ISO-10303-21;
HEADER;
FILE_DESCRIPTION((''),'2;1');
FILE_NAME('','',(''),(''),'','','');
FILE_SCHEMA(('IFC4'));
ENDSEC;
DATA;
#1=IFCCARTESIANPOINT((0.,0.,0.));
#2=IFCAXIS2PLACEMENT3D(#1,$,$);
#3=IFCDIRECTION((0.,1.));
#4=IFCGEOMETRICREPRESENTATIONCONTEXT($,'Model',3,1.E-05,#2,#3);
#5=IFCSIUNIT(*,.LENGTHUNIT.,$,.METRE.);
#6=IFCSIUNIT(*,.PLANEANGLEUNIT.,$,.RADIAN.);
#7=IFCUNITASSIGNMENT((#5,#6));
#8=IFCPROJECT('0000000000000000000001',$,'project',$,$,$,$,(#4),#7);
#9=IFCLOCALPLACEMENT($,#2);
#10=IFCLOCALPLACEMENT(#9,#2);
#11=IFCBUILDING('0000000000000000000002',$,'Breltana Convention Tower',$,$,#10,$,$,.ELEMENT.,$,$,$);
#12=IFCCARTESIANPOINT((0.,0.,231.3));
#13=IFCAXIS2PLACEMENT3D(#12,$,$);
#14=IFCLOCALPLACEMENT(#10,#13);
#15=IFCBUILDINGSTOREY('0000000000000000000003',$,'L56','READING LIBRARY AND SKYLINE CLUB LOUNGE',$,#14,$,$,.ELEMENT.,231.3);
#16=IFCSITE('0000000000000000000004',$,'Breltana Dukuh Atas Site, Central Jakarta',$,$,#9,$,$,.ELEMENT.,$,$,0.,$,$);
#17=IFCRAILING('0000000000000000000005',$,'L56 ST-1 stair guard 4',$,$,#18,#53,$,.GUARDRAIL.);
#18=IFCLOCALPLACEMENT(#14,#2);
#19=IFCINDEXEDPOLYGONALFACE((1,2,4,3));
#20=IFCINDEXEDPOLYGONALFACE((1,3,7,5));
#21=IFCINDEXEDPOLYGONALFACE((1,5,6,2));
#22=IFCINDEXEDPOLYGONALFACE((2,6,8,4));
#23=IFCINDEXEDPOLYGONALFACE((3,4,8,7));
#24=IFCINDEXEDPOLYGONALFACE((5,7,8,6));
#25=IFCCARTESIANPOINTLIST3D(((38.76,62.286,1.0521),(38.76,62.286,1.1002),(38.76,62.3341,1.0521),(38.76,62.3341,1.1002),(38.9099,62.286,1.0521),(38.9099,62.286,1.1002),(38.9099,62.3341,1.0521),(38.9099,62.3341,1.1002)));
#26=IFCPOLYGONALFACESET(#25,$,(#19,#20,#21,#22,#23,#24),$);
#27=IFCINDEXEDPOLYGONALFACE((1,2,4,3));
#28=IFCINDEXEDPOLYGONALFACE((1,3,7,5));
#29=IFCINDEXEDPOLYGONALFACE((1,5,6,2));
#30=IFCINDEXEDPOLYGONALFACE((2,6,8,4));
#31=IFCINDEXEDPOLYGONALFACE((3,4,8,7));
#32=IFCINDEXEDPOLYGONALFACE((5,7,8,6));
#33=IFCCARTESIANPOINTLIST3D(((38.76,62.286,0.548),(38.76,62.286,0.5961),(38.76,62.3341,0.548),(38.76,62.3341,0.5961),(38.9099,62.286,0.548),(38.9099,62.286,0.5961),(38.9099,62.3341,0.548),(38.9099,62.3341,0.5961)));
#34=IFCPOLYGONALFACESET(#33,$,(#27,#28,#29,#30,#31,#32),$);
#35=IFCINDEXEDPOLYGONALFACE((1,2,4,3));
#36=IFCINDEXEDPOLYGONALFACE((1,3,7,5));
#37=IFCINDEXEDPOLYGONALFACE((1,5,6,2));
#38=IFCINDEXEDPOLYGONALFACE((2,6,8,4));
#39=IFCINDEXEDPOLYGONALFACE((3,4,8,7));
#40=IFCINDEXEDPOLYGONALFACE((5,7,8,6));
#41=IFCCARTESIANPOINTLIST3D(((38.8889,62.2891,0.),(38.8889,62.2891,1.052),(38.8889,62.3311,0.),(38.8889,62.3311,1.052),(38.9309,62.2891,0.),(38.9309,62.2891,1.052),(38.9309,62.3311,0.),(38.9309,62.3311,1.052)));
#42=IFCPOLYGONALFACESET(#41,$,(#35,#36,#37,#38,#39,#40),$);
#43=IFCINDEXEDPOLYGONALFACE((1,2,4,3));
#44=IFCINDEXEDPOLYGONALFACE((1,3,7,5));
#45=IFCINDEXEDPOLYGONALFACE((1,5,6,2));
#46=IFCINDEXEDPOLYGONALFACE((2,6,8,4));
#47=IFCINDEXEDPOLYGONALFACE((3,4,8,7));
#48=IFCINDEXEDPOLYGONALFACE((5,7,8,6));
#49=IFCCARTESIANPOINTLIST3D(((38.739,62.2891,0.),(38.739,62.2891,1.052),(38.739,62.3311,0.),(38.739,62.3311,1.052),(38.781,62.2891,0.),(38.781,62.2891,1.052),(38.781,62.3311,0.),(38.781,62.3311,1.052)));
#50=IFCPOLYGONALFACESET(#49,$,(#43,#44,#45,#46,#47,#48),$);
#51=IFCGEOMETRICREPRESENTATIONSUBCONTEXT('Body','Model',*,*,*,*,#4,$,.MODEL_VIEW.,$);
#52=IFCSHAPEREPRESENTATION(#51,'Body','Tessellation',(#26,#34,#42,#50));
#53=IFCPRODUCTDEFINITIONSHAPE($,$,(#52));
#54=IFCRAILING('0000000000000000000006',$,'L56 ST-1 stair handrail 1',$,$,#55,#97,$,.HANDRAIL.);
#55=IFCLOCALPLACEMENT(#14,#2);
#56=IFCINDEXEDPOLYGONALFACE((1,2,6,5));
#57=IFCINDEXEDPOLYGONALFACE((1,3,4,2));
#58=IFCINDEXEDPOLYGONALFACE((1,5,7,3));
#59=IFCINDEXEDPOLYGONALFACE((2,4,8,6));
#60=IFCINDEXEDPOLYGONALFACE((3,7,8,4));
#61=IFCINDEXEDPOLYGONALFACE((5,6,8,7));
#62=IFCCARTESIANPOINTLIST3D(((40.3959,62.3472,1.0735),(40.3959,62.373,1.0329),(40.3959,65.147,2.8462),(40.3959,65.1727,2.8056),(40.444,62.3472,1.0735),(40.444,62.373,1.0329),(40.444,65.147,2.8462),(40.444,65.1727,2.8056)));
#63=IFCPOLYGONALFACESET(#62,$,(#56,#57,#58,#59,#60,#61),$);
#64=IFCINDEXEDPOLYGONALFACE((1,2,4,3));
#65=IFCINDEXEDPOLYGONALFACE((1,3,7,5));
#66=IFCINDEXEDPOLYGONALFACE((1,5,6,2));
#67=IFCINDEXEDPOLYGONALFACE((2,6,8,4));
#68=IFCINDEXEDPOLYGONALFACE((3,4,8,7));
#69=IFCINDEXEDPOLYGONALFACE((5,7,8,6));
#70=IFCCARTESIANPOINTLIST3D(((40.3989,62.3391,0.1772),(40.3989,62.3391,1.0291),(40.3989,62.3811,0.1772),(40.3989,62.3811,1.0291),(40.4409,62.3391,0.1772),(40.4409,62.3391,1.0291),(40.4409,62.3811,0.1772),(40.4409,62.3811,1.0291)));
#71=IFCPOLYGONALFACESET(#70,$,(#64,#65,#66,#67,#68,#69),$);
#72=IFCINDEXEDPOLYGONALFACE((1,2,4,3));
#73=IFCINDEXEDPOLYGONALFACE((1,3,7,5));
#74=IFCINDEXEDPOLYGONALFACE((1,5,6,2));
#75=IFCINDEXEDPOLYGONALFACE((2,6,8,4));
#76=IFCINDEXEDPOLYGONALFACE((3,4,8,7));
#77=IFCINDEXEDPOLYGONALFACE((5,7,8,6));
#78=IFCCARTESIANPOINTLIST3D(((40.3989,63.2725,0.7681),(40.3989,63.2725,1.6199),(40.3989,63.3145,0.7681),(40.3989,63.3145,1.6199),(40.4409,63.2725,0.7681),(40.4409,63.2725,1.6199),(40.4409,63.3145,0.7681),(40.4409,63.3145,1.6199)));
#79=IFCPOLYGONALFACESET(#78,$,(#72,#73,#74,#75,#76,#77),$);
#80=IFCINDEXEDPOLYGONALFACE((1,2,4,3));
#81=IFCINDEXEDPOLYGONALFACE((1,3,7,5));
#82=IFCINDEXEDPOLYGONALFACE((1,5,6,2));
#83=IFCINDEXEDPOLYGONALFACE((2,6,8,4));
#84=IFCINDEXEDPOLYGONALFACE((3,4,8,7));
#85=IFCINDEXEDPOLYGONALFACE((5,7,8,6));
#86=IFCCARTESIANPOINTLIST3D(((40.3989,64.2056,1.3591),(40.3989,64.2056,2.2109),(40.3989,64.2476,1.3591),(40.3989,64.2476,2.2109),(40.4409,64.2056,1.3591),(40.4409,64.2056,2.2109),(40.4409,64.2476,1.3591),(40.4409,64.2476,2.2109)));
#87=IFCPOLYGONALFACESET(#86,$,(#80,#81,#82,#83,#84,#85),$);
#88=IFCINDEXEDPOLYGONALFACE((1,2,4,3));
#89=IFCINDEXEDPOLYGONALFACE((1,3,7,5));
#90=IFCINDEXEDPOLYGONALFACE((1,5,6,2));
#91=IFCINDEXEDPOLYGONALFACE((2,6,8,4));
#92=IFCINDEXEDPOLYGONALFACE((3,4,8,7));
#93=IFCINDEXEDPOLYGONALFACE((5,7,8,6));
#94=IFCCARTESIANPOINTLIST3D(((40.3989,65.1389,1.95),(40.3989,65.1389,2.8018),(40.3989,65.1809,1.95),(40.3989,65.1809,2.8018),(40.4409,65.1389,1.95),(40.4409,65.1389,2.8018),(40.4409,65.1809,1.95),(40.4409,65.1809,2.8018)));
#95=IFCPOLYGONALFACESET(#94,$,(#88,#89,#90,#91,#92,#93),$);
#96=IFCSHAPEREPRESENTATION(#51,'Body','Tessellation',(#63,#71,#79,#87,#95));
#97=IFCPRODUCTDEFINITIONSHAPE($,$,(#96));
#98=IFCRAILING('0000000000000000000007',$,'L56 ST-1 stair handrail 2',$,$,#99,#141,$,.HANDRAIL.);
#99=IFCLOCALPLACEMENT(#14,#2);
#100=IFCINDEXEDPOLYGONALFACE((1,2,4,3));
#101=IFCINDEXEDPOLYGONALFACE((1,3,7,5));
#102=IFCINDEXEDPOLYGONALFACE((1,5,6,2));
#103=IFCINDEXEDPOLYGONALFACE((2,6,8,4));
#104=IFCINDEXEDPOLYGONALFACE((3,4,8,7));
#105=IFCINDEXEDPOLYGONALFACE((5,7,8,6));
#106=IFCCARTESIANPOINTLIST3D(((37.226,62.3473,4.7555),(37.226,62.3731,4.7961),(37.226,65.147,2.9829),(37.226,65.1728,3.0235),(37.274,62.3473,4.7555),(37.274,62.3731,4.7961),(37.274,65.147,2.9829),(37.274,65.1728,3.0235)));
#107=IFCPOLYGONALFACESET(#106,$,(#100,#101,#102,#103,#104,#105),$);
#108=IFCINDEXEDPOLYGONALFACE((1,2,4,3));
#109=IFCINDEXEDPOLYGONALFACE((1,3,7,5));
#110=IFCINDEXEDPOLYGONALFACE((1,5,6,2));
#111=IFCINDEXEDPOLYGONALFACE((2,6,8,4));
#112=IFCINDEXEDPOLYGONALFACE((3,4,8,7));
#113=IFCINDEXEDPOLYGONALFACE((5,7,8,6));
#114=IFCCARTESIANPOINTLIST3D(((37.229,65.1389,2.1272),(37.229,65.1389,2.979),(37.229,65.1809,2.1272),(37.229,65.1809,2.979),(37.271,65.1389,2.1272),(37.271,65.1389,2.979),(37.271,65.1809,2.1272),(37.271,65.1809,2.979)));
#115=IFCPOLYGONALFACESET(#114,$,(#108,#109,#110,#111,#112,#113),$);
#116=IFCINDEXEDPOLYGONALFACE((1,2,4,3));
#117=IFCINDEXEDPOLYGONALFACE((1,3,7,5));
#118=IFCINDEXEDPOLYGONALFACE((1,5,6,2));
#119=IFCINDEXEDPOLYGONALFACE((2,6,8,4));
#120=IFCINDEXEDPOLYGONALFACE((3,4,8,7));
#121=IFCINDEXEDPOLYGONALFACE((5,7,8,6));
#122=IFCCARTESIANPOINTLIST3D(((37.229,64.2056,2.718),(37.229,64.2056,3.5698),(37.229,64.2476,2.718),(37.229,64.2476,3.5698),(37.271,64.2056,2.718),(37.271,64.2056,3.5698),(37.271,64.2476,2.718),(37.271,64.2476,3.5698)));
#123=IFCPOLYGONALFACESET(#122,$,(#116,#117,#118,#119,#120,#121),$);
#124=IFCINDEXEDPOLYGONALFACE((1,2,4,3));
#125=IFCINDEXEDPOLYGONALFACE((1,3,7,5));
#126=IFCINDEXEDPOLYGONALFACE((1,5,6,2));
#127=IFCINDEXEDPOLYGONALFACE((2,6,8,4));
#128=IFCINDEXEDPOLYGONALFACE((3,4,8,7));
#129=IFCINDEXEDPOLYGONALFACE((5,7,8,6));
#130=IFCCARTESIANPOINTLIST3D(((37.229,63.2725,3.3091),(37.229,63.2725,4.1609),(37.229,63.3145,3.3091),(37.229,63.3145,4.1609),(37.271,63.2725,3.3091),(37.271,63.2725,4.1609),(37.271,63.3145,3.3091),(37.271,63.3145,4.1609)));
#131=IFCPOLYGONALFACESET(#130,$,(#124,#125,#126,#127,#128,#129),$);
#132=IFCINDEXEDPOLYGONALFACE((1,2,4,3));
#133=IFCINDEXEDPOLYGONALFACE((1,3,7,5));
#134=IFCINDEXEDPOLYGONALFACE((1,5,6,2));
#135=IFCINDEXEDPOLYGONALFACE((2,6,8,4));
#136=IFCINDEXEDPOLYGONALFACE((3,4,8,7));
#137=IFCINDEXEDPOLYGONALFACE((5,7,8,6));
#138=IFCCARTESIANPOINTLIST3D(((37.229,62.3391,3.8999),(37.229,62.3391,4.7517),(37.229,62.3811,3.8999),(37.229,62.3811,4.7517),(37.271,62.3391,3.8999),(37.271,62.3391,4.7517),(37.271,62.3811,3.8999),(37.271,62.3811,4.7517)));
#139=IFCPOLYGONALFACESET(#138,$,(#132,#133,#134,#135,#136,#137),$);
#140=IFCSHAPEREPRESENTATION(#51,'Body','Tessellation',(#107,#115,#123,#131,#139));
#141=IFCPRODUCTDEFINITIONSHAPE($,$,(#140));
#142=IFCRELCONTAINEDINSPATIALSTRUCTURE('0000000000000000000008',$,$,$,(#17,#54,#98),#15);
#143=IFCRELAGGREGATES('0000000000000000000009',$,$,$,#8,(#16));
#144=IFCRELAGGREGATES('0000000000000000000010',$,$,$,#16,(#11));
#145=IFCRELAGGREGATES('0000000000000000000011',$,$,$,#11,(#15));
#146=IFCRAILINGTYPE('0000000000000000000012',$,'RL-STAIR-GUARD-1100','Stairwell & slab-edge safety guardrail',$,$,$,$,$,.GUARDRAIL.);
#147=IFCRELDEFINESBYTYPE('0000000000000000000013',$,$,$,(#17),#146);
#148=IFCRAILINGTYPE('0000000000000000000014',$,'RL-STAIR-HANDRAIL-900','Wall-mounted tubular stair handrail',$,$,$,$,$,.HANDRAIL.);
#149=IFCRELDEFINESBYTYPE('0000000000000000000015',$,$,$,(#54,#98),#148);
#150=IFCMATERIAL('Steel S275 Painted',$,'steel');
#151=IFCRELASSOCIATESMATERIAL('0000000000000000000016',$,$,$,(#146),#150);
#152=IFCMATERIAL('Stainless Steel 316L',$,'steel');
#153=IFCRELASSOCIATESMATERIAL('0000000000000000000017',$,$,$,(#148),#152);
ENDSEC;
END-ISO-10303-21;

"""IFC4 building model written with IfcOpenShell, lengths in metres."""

from ifc_helpers import new_model, si_unit, direction, frame, origin, origin_2d, place, context, subcontext, project, spatial, rectangle, extrude, material, type_object, element, save


model = new_model("IFC4")

# Units and contexts
model_context = context("Model", 3, precision=1e-05, world=origin(), true_north=direction((0.0, 1.0)))
body_context = subcontext(model_context, "Body", "Model", "MODEL_VIEW")
ifc_project = project(units=[si_unit("LENGTHUNIT", "METRE"), si_unit("PLANEANGLEUNIT", "RADIAN")], contexts=[model_context])

# Site, building, storey
site_placement = place(None, origin())
site = spatial("IfcSite", under=ifc_project, at=site_placement, Name="Breltana Dukuh Atas Site, Central Jakarta", CompositionType="ELEMENT", RefElevation=0.0)
building_placement = place(site_placement, origin())
building = spatial("IfcBuilding", under=site, at=building_placement, Name="Breltana Convention Tower", CompositionType="ELEMENT")
storey_placement = place(building_placement, frame((0.0, 0.0, 231.3)))
storey = spatial("IfcBuildingStorey", under=building, at=storey_placement, Name="L56", Description="READING LIBRARY AND SKYLINE CLUB LOUNGE", CompositionType="ELEMENT", Elevation=231.3)

# Railings
ifc_material_1 = material(Name="Steel S275 Painted", Category="steel")
railing_type_1 = type_object("IfcRailingType", Name="RL-STAIR-GUARD-1100", Description="Stairwell & slab-edge safety guardrail", PredefinedType="GUARDRAIL", material=ifc_material_1)
railing_1_placement = place(storey_placement, frame((38.9099, 62.3101, 0.0)))
element("IfcRailing", 1, at=railing_1_placement, inside=storey, type_object=railing_type_1, Name="L56 ST-1 stair guard 4", PredefinedType="GUARDRAIL", context=body_context, shape_type="SweptSolid", body=[
    extrude(rectangle(XDim=0.0481, YDim=0.0481, at=origin_2d()), frame((0.0, 0.0, 1.0762), z_axis=(-1.0, 0.0, 0.0), x_axis=(0.0, -1.0, 0.0)), (0.0, 0.0, 1.0), 0.1499),
    extrude(rectangle(XDim=0.0481, YDim=0.0481, at=origin_2d()), frame((0.0, 0.0, 0.572), z_axis=(-1.0, 0.0, 0.0), x_axis=(0.0, -1.0, 0.0)), (0.0, 0.0, 1.0), 0.1499),
    extrude(rectangle(XDim=0.042, YDim=0.042, at=origin_2d()), origin(), (0.0, 0.0, 1.0), 1.052),
    extrude(rectangle(XDim=0.042, YDim=0.042, at=origin_2d()), frame((-0.1499, 0.0, 0.0)), (0.0, 0.0, 1.0), 1.052),
])
ifc_material_2 = material(Name="Stainless Steel 316L", Category="steel")
railing_type_2 = type_object("IfcRailingType", Name="RL-STAIR-HANDRAIL-900", Description="Wall-mounted tubular stair handrail", PredefinedType="HANDRAIL", material=ifc_material_2)
railing_2_placement = place(storey_placement, frame((40.4199, 62.3601, 0.1772)))
element("IfcRailing", 2, at=railing_2_placement, inside=storey, type_object=railing_type_2, Name="L56 ST-1 stair handrail 1", PredefinedType="HANDRAIL", context=body_context, shape_type="SweptSolid", body=[
    extrude(rectangle(XDim=0.0481, YDim=0.0481, at=origin_2d()), frame((0.0, 0.0, 0.876), z_axis=(0.0, 0.844888, 0.534943), x_axis=(-1.0, 0.0, 0.0)), (0.0, 0.0, 1.0), 3.3137),
    extrude(rectangle(XDim=0.042, YDim=0.042, at=origin_2d()), origin(), (0.0, 0.0, 1.0), 0.8518),
    extrude(rectangle(XDim=0.042, YDim=0.042, at=origin_2d()), frame((0.0, 0.9333, 0.5908)), (0.0, 0.0, 1.0), 0.8518),
    extrude(rectangle(XDim=0.042, YDim=0.042, at=origin_2d()), frame((0.0, 1.8665, 1.1819)), (0.0, 0.0, 1.0), 0.8518),
    extrude(rectangle(XDim=0.042, YDim=0.042, at=origin_2d()), frame((0.0, 2.7998, 1.7727)), (0.0, 0.0, 1.0), 0.8518),
])
railing_3_placement = place(storey_placement, frame((37.25, 65.1599, 2.1272)))
element("IfcRailing", 3, at=railing_3_placement, inside=storey, type_object=railing_type_2, Name="L56 ST-1 stair handrail 2", PredefinedType="HANDRAIL", context=body_context, shape_type="SweptSolid", body=[
    extrude(rectangle(XDim=0.0481, YDim=0.0481, at=origin_2d()), frame((0.0, 0.0, 0.876), z_axis=(0.0, -0.844888, 0.534943), x_axis=(1.0, 0.0, 0.0)), (0.0, 0.0, 1.0), 3.3137),
    extrude(rectangle(XDim=0.042, YDim=0.042, at=origin_2d()), origin(), (0.0, 0.0, 1.0), 0.8518),
    extrude(rectangle(XDim=0.042, YDim=0.042, at=origin_2d()), frame((0.0, -0.9333, 0.5908)), (0.0, 0.0, 1.0), 0.8518),
    extrude(rectangle(XDim=0.042, YDim=0.042, at=origin_2d()), frame((0.0, -1.8665, 1.1819)), (0.0, 0.0, 1.0), 0.8518),
    extrude(rectangle(XDim=0.042, YDim=0.042, at=origin_2d()), frame((0.0, -2.7998, 1.7727)), (0.0, 0.0, 1.0), 0.8518),
])

save(model, "model.ifc")
